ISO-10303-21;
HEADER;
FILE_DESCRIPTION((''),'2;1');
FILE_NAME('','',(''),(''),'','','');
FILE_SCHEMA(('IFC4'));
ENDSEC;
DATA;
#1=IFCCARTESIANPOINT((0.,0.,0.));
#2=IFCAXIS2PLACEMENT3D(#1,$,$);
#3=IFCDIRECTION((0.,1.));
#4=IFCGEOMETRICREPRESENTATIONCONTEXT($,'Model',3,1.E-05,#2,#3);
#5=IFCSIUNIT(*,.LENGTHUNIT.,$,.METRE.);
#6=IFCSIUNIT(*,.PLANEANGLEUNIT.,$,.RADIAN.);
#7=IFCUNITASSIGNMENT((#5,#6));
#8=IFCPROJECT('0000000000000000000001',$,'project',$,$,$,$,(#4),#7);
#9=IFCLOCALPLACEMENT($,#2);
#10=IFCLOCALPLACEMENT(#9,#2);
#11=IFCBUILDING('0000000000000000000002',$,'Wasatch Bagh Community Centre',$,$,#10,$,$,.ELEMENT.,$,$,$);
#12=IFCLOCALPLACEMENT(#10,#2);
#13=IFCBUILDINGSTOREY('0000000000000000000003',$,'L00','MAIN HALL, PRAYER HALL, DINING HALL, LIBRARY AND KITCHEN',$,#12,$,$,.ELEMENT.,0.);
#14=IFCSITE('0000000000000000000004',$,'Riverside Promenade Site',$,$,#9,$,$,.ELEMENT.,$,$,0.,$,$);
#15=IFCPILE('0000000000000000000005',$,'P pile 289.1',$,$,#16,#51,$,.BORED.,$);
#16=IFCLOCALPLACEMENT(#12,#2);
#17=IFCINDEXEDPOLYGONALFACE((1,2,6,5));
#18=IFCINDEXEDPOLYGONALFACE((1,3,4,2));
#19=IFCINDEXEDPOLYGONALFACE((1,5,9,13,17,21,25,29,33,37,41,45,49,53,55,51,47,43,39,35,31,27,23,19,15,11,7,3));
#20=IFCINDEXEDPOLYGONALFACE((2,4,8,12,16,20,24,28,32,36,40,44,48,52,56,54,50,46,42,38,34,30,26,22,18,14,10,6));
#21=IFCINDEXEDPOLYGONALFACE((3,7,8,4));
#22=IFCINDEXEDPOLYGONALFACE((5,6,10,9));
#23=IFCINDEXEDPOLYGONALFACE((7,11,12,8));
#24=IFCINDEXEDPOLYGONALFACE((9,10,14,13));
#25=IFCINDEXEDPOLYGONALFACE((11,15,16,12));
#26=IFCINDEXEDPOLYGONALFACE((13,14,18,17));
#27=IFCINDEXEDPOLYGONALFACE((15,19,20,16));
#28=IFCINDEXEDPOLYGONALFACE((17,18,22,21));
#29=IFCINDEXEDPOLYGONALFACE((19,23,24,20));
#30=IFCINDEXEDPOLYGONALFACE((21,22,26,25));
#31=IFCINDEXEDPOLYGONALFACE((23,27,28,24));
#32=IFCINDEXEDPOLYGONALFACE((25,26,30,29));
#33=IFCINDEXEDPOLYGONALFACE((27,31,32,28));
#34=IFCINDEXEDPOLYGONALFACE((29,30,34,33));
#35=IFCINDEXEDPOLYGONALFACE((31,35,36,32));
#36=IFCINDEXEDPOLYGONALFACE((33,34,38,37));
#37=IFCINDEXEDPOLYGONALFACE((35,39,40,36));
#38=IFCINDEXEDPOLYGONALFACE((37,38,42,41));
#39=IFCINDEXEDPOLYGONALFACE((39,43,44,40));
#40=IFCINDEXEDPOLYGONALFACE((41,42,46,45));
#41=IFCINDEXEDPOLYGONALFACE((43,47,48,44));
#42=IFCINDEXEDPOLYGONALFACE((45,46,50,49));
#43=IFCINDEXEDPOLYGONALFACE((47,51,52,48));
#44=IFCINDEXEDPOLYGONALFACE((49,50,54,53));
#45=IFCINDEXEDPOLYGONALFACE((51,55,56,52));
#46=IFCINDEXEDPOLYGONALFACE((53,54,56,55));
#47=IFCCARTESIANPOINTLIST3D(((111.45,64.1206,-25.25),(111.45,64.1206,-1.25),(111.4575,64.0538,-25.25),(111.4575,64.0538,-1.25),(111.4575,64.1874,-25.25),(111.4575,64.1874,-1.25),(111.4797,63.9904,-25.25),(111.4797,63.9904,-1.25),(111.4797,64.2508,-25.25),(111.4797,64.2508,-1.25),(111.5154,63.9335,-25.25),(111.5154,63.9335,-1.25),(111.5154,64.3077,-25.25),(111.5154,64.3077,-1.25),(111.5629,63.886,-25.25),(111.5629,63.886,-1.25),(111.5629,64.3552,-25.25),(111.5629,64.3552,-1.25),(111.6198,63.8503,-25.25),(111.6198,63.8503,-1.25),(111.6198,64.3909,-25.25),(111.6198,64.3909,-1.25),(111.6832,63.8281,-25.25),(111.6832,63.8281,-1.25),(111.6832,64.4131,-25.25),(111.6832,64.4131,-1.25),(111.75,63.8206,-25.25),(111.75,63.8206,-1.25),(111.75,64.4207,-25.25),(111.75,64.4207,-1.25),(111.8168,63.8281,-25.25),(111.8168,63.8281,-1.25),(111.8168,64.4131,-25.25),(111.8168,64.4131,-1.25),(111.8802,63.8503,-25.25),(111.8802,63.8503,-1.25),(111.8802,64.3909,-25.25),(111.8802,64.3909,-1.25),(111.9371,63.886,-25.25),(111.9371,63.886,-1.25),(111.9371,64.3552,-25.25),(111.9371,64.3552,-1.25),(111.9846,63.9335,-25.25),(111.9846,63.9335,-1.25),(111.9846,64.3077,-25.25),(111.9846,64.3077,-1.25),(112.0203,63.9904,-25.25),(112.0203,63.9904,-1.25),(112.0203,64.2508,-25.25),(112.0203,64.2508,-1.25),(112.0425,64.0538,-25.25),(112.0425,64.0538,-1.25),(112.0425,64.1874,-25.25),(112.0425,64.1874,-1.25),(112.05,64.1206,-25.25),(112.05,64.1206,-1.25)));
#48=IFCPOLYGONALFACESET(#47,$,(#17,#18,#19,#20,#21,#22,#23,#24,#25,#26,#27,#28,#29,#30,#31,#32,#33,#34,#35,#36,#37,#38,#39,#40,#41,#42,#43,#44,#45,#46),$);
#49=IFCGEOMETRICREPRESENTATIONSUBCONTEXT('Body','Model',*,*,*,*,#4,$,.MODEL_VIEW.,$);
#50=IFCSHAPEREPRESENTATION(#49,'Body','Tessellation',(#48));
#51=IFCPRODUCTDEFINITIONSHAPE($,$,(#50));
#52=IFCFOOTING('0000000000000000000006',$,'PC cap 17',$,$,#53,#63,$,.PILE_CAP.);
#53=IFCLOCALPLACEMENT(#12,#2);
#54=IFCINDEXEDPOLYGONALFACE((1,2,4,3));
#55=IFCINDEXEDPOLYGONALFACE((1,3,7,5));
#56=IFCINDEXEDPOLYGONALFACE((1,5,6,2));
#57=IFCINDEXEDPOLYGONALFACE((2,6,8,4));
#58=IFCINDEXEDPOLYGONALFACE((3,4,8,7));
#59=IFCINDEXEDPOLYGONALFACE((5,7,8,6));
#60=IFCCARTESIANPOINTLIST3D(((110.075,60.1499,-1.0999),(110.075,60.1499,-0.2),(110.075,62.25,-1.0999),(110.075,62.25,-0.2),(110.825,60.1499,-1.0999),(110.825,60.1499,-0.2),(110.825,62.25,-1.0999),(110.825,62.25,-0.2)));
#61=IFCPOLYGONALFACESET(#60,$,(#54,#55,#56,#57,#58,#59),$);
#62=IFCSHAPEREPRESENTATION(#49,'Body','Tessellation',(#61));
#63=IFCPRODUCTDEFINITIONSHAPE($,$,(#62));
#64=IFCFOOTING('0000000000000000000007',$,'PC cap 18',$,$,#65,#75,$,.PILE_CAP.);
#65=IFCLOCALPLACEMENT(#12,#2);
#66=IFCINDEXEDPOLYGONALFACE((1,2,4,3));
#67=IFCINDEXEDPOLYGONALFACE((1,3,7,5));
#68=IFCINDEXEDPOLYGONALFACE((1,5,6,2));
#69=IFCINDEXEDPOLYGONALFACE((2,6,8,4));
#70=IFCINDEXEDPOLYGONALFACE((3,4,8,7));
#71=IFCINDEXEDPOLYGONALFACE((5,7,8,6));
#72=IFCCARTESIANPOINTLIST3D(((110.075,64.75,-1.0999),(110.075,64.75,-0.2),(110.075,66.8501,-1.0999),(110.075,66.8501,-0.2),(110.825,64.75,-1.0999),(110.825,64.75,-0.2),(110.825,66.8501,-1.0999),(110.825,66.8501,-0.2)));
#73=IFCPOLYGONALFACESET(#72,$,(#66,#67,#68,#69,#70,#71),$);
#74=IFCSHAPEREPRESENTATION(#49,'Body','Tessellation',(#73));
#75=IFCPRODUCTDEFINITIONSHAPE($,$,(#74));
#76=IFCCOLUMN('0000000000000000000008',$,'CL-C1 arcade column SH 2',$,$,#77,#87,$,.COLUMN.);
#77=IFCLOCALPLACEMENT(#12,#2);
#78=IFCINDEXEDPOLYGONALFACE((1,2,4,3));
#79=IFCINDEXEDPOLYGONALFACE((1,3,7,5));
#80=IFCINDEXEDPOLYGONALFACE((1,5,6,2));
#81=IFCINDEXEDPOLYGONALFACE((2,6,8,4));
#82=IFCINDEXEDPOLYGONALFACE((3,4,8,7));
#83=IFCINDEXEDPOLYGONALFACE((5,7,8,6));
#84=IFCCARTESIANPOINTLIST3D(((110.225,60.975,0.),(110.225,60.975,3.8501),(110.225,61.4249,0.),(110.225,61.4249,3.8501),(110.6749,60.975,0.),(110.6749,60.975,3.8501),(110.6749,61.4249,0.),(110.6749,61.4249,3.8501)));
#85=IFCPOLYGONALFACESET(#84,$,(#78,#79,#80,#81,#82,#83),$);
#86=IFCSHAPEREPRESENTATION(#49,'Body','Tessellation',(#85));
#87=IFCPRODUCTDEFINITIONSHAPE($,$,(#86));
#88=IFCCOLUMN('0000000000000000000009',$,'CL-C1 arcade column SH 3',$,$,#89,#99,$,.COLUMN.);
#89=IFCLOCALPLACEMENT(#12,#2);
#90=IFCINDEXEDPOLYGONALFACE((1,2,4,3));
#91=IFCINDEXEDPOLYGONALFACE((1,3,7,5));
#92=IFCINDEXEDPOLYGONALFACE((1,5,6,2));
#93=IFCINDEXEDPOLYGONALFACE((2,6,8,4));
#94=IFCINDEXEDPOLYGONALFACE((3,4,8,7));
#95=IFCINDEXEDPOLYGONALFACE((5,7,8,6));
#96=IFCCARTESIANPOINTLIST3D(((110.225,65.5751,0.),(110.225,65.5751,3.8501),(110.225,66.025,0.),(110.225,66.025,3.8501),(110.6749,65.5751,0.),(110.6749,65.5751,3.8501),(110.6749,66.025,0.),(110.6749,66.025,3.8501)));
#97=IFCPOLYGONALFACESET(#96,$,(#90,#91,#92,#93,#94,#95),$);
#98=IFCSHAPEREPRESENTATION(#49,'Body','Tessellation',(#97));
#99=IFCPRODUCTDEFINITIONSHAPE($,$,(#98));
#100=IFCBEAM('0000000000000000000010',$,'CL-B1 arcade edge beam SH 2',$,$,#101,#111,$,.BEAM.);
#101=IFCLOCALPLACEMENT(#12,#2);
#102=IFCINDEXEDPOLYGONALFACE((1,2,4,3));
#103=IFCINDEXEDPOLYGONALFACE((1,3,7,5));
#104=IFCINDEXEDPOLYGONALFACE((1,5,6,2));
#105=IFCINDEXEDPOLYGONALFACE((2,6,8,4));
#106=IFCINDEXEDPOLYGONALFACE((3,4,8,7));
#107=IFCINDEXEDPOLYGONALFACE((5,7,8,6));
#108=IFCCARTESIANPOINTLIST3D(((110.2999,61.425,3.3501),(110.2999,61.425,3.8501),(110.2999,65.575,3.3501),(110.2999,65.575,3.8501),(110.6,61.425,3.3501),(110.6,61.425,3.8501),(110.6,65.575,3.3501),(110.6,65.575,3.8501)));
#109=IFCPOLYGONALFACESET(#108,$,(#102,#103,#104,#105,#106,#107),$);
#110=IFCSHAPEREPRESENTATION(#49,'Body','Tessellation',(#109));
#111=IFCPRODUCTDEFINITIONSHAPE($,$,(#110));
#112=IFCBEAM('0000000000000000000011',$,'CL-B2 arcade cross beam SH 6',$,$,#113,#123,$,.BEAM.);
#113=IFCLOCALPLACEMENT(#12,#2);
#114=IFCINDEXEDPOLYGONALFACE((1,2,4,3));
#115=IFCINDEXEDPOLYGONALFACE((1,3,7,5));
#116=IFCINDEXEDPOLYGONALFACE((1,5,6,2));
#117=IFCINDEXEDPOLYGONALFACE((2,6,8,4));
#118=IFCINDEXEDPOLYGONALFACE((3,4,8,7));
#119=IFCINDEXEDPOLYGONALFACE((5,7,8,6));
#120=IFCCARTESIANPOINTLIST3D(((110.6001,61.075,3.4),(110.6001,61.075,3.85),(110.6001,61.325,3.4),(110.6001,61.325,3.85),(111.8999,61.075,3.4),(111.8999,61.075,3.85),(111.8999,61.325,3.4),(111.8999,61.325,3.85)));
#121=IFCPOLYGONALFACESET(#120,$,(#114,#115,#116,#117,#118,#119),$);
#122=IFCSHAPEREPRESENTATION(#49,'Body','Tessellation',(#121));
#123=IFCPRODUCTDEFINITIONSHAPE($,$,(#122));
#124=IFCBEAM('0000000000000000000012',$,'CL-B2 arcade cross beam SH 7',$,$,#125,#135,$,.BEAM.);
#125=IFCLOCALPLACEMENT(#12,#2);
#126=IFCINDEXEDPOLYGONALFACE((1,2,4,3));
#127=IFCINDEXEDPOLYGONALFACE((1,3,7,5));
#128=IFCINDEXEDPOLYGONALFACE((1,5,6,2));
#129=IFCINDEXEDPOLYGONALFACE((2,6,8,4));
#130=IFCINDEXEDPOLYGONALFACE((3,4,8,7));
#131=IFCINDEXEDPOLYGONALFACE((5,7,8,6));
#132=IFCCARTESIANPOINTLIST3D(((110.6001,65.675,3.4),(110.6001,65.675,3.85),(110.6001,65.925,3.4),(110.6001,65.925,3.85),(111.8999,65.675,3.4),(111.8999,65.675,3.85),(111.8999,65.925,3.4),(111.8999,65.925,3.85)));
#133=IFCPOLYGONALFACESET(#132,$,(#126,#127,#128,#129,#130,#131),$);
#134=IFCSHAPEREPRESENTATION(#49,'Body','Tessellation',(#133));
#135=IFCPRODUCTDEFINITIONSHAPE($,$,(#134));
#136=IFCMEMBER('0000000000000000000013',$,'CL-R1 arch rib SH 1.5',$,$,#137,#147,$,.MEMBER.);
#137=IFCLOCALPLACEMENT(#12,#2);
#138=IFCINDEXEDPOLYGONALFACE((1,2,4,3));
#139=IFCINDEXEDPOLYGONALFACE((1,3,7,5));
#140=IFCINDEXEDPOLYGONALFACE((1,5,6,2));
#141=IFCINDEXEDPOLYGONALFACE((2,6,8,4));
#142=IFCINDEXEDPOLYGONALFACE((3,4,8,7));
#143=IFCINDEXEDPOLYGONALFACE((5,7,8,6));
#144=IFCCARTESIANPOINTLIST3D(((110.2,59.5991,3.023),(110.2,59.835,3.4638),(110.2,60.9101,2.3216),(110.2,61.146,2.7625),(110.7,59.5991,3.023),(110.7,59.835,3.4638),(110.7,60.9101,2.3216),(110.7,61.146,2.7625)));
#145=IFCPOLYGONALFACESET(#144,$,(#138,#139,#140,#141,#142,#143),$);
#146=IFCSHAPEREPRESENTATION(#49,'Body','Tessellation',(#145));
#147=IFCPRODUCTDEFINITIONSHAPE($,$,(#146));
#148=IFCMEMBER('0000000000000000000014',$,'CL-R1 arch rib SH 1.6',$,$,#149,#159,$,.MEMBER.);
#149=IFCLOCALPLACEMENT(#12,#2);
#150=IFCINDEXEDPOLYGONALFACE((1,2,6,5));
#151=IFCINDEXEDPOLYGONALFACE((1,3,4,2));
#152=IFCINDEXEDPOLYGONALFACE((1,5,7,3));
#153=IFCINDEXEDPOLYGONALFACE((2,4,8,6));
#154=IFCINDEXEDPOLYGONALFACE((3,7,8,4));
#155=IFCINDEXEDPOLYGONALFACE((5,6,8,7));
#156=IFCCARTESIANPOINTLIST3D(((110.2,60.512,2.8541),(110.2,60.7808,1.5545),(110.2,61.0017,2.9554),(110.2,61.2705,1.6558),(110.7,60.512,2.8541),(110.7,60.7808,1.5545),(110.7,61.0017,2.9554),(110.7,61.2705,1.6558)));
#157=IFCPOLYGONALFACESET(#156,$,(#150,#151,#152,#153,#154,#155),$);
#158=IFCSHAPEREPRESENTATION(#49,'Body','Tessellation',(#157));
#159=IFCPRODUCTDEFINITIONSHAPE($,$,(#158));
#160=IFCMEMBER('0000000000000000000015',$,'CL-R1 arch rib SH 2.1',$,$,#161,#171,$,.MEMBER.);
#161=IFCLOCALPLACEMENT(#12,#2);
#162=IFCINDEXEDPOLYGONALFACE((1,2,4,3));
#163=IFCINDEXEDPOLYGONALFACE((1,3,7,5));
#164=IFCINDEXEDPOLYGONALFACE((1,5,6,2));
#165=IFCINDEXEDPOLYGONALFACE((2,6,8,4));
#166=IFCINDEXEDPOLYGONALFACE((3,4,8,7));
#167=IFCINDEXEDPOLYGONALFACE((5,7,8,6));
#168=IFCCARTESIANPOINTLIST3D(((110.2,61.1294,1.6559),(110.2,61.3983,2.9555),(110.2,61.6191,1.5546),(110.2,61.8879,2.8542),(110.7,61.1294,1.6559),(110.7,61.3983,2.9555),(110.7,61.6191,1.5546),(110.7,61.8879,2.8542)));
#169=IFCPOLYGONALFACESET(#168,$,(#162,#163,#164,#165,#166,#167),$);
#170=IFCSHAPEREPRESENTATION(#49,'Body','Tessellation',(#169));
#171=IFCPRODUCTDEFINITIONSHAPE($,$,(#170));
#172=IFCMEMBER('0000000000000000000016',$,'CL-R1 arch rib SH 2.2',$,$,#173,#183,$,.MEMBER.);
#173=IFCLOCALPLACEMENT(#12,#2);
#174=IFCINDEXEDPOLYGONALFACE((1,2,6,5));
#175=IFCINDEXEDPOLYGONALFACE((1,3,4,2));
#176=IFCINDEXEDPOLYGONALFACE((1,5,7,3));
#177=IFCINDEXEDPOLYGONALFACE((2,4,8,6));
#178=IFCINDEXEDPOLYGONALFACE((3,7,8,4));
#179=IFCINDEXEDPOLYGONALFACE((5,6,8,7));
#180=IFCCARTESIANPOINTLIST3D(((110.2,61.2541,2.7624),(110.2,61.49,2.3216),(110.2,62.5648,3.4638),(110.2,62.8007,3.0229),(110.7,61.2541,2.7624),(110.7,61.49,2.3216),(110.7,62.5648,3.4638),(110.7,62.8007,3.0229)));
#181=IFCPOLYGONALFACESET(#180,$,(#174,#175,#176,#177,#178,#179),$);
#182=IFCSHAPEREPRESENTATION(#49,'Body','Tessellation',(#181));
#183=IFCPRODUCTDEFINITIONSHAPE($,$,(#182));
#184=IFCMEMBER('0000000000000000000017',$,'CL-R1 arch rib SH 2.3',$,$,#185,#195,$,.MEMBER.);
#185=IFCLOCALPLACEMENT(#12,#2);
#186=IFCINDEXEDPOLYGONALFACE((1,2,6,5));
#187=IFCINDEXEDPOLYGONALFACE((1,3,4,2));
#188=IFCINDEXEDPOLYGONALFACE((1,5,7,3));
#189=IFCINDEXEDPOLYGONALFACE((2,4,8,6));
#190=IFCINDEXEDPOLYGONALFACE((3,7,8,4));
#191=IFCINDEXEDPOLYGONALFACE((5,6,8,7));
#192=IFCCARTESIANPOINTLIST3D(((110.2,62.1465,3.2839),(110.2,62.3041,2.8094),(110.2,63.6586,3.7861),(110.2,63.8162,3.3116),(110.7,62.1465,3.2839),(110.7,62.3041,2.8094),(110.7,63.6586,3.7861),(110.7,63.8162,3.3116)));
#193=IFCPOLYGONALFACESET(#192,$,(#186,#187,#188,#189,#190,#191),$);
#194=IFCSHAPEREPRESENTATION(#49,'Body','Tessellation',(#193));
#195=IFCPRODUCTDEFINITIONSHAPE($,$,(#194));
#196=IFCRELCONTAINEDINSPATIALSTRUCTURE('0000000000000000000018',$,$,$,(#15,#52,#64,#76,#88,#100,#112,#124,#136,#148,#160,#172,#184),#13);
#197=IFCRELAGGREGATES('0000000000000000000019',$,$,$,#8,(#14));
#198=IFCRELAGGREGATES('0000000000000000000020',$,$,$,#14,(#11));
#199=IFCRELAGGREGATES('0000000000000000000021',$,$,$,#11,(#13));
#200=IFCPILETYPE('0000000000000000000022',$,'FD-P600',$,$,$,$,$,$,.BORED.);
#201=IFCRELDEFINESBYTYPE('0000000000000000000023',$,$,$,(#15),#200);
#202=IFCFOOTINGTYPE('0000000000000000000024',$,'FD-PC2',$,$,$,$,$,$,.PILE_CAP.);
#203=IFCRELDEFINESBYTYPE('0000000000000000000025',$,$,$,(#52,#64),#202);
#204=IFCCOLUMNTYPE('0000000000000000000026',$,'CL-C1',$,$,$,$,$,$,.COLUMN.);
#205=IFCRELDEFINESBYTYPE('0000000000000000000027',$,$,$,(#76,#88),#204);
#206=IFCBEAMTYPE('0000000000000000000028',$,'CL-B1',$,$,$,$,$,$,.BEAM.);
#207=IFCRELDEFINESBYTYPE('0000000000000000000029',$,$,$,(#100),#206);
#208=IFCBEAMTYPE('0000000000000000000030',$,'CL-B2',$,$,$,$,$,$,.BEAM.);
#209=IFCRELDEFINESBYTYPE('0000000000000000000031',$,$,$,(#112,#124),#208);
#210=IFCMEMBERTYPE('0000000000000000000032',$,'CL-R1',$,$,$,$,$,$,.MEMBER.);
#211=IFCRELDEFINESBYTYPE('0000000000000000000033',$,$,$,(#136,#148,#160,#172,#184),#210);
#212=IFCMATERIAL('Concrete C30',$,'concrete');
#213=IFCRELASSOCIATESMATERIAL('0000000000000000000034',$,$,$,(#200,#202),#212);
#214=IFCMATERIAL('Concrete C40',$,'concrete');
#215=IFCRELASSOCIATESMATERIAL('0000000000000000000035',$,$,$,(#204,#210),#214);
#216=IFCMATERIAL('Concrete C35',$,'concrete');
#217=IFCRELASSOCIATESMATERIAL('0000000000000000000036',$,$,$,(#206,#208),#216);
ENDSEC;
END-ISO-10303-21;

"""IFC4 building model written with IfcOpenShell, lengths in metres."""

from ifc_helpers import new_model, si_unit, direction, frame, origin, origin_2d, place, context, subcontext, project, spatial, rectangle, circle, extrude, material, material_profile, profile_set, type_object, element, save


model = new_model("IFC4")

# Units and contexts
model_context = context("Model", 3, precision=1e-05, world=origin(), true_north=direction((0.0, 1.0)))
body_context = subcontext(model_context, "Body", "Model", "MODEL_VIEW")
ifc_project = project(units=[si_unit("LENGTHUNIT", "METRE"), si_unit("PLANEANGLEUNIT", "RADIAN")], contexts=[model_context])

# Site, building, storey
site_placement = place(None, origin())
site = spatial("IfcSite", under=ifc_project, at=site_placement, Name="Riverside Promenade Site", CompositionType="ELEMENT", RefElevation=0.0)
building_placement = place(site_placement, origin())
building = spatial("IfcBuilding", under=site, at=building_placement, Name="Wasatch Bagh Community Centre", CompositionType="ELEMENT")
storey_placement = place(building_placement, origin())
storey = spatial("IfcBuildingStorey", under=building, at=storey_placement, Name="L00", Description="MAIN HALL, PRAYER HALL, DINING HALL, LIBRARY AND KITCHEN", CompositionType="ELEMENT", Elevation=0.0)

# Shared definitions
ifc_material_1 = material(Name="Concrete C35", Category="concrete")

# Pile
ifc_material_2 = material(Name="Concrete C30", Category="concrete")
ifc_material_profile_1 = material_profile(ifc_material_2, circle(Radius=0.3, at=origin_2d()), Name="RC D600")
ifc_profile_set_1 = profile_set([ifc_material_profile_1], Name="Concrete C30")
pile_type_1 = type_object("IfcPileType", Name="FD-P600", PredefinedType="BORED", material=ifc_profile_set_1)
for number, where, z_axis, x_axis, name in (
    (1, (111.75, 64.1206, -1.25), (0.0, 0.0, -1.0), (1.0, 0.0, 0.0), "P pile 289.1"),
):
    element("IfcPile", number, at=place(storey_placement, frame(where, z_axis=z_axis, x_axis=x_axis)), inside=storey, type_object=pile_type_1, Name=name, PredefinedType="BORED", context=body_context, shape_type="SweptSolid", body=[
        extrude(circle(Radius=0.3, at=origin_2d()), origin(), (0.0, 0.0, 1.0), 24.0),
    ])

# Footings
footing_type_1 = type_object("IfcFootingType", Name="FD-PC2", PredefinedType="PILE_CAP", material=ifc_material_2)
for number, where, z_axis, x_axis, name in (
    (2, (110.45, 61.2, -1.0999), (0.0, 0.0, 1.0), (0.0, 1.0, 0.0), "PC cap 17"),
    (3, (110.45, 65.8, -1.0999), (0.0, 0.0, 1.0), (0.0, 1.0, 0.0), "PC cap 18"),
):
    element("IfcFooting", number, at=place(storey_placement, frame(where, z_axis=z_axis, x_axis=x_axis)), inside=storey, type_object=footing_type_1, Name=name, PredefinedType="PILE_CAP", context=body_context, shape_type="SweptSolid", body=[
        extrude(rectangle(XDim=2.1001, YDim=0.75, at=origin_2d()), origin(), (0.0, 0.0, 1.0), 0.8999),
    ])

# Columns
ifc_material_3 = material(Name="Concrete C40", Category="concrete")
ifc_material_profile_2 = material_profile(ifc_material_3, rectangle(XDim=0.45, YDim=0.45, at=origin_2d()), Name="RC 450x450")
ifc_profile_set_2 = profile_set([ifc_material_profile_2], Name="Concrete C40")
column_type = type_object("IfcColumnType", Name="CL-C1", PredefinedType="COLUMN", material=ifc_profile_set_2)
for number, where, z_axis, x_axis, name in (
    (4, (110.45, 61.2, 0.0), (0.0, 0.0, 1.0), (1.0, 0.0, 0.0), "CL-C1 arcade column SH 2"),
    (5, (110.45, 65.8, 0.0), (0.0, 0.0, 1.0), (1.0, 0.0, 0.0), "CL-C1 arcade column SH 3"),
):
    element("IfcColumn", number, at=place(storey_placement, frame(where, z_axis=z_axis, x_axis=x_axis)), inside=storey, type_object=column_type, Name=name, PredefinedType="COLUMN", context=body_context, shape_type="SweptSolid", body=[
        extrude(rectangle(XDim=0.45, YDim=0.45, at=origin_2d()), origin(), (0.0, 0.0, 1.0), 3.8501),
    ])

# Beams
ifc_material_profile_3 = material_profile(ifc_material_1, rectangle(XDim=0.3, YDim=0.5, at=origin_2d()), Name="RC 300x500")
ifc_profile_set_3 = profile_set([ifc_material_profile_3], Name="Concrete C35")
beam_type_1 = type_object("IfcBeamType", Name="CL-B1", PredefinedType="BEAM", material=ifc_profile_set_3)
beam_placement = place(storey_placement, frame((110.45, 61.425, 3.6001), z_axis=(0.0, 1.0, 0.0), x_axis=(-1.0, 0.0, 0.0)))
element("IfcBeam", 6, at=beam_placement, inside=storey, type_object=beam_type_1, Name="CL-B1 arcade edge beam SH 2", PredefinedType="BEAM", context=body_context, shape_type="SweptSolid", body=[
    extrude(rectangle(XDim=0.3, YDim=0.5, at=origin_2d()), origin(), (0.0, 0.0, 1.0), 4.1499),
])
ifc_material_profile_4 = material_profile(ifc_material_1, rectangle(XDim=0.25, YDim=0.45, at=origin_2d()), Name="RC 250x450")
ifc_profile_set_4 = profile_set([ifc_material_profile_4], Name="Concrete C35")
beam_type_2 = type_object("IfcBeamType", Name="CL-B2", PredefinedType="BEAM", material=ifc_profile_set_4)
for number, where, z_axis, x_axis, name in (
    (7, (111.8999, 61.2, 3.625), (-1.0, 0.0, 0.0), (0.0, -1.0, 0.0), "CL-B2 arcade cross beam SH 6"),
    (8, (111.8999, 65.8, 3.625), (-1.0, 0.0, 0.0), (0.0, -1.0, 0.0), "CL-B2 arcade cross beam SH 7"),
):
    element("IfcBeam", number, at=place(storey_placement, frame(where, z_axis=z_axis, x_axis=x_axis)), inside=storey, type_object=beam_type_2, Name=name, PredefinedType="BEAM", context=body_context, shape_type="SweptSolid", body=[
        extrude(rectangle(XDim=0.25, YDim=0.45, at=origin_2d()), origin(), (0.0, 0.0, 1.0), 1.2998),
    ])

# Members
ifc_material_profile_5 = material_profile(ifc_material_3, rectangle(XDim=0.5, YDim=0.5, at=origin_2d()), Name="RC 500x500")
ifc_profile_set_5 = profile_set([ifc_material_profile_5], Name="Concrete C40")
member_type = type_object("IfcMemberType", Name="CL-R1", PredefinedType="MEMBER", material=ifc_profile_set_5)
member_1_placement = place(storey_placement, frame((110.45, 59.717, 3.2434), z_axis=(0.0, 0.881739, -0.471738), x_axis=(-1.0, 0.0, 0.0)))
element("IfcMember", 9, at=member_1_placement, inside=storey, type_object=member_type, Name="CL-R1 arch rib SH 1.5", PredefinedType="MEMBER", context=body_context, shape_type="SweptSolid", body=[
    extrude(rectangle(XDim=0.5, YDim=0.5, at=origin_2d()), origin(), (0.0, 0.0, 1.0), 1.4868),
])
for number, where, z_axis, x_axis, name in (
    (10, (110.45, 60.7568, 2.9048), (0.0, 0.202551, -0.979272), (-1.0, 0.0, 0.0), "CL-R1 arch rib SH 1.6"),
    (11, (110.45, 61.3743, 1.6052), (0.0, 0.202551, 0.979272), (-1.0, 0.0, 0.0), "CL-R1 arch rib SH 2.1"),
):
    element("IfcMember", number, at=place(storey_placement, frame(where, z_axis=z_axis, x_axis=x_axis)), inside=storey, type_object=member_type, Name=name, PredefinedType="MEMBER", context=body_context, shape_type="SweptSolid", body=[
        extrude(rectangle(XDim=0.5, YDim=0.5, at=origin_2d()), origin(), (0.0, 0.0, 1.0), 1.3271),
    ])
member_2_placement = place(storey_placement, frame((110.45, 61.3721, 2.542), z_axis=(0.0, 0.881702, 0.471807), x_axis=(-1.0, 0.0, 0.0)))
element("IfcMember", 12, at=member_2_placement, inside=storey, type_object=member_type, Name="CL-R1 arch rib SH 2.2", PredefinedType="MEMBER", context=body_context, shape_type="SweptSolid", body=[
    extrude(rectangle(XDim=0.5, YDim=0.5, at=origin_2d()), origin(), (0.0, 0.0, 1.0), 1.4866),
])
for number, where, z_axis, x_axis, name in (
    (13, (110.45, 62.2253, 3.0466), (0.0, 0.94902, 0.315216), (-1.0, 0.0, 0.0), "CL-R1 arch rib SH 2.3"),
):
    element("IfcMember", number, at=place(storey_placement, frame(where, z_axis=z_axis, x_axis=x_axis)), inside=storey, type_object=member_type, Name=name, PredefinedType="MEMBER", context=body_context, shape_type="SweptSolid", body=[
        extrude(rectangle(XDim=0.5, YDim=0.5, at=origin_2d()), origin(), (0.0, 0.0, 1.0), 1.5933),
    ])

save(model, "model.ifc")
